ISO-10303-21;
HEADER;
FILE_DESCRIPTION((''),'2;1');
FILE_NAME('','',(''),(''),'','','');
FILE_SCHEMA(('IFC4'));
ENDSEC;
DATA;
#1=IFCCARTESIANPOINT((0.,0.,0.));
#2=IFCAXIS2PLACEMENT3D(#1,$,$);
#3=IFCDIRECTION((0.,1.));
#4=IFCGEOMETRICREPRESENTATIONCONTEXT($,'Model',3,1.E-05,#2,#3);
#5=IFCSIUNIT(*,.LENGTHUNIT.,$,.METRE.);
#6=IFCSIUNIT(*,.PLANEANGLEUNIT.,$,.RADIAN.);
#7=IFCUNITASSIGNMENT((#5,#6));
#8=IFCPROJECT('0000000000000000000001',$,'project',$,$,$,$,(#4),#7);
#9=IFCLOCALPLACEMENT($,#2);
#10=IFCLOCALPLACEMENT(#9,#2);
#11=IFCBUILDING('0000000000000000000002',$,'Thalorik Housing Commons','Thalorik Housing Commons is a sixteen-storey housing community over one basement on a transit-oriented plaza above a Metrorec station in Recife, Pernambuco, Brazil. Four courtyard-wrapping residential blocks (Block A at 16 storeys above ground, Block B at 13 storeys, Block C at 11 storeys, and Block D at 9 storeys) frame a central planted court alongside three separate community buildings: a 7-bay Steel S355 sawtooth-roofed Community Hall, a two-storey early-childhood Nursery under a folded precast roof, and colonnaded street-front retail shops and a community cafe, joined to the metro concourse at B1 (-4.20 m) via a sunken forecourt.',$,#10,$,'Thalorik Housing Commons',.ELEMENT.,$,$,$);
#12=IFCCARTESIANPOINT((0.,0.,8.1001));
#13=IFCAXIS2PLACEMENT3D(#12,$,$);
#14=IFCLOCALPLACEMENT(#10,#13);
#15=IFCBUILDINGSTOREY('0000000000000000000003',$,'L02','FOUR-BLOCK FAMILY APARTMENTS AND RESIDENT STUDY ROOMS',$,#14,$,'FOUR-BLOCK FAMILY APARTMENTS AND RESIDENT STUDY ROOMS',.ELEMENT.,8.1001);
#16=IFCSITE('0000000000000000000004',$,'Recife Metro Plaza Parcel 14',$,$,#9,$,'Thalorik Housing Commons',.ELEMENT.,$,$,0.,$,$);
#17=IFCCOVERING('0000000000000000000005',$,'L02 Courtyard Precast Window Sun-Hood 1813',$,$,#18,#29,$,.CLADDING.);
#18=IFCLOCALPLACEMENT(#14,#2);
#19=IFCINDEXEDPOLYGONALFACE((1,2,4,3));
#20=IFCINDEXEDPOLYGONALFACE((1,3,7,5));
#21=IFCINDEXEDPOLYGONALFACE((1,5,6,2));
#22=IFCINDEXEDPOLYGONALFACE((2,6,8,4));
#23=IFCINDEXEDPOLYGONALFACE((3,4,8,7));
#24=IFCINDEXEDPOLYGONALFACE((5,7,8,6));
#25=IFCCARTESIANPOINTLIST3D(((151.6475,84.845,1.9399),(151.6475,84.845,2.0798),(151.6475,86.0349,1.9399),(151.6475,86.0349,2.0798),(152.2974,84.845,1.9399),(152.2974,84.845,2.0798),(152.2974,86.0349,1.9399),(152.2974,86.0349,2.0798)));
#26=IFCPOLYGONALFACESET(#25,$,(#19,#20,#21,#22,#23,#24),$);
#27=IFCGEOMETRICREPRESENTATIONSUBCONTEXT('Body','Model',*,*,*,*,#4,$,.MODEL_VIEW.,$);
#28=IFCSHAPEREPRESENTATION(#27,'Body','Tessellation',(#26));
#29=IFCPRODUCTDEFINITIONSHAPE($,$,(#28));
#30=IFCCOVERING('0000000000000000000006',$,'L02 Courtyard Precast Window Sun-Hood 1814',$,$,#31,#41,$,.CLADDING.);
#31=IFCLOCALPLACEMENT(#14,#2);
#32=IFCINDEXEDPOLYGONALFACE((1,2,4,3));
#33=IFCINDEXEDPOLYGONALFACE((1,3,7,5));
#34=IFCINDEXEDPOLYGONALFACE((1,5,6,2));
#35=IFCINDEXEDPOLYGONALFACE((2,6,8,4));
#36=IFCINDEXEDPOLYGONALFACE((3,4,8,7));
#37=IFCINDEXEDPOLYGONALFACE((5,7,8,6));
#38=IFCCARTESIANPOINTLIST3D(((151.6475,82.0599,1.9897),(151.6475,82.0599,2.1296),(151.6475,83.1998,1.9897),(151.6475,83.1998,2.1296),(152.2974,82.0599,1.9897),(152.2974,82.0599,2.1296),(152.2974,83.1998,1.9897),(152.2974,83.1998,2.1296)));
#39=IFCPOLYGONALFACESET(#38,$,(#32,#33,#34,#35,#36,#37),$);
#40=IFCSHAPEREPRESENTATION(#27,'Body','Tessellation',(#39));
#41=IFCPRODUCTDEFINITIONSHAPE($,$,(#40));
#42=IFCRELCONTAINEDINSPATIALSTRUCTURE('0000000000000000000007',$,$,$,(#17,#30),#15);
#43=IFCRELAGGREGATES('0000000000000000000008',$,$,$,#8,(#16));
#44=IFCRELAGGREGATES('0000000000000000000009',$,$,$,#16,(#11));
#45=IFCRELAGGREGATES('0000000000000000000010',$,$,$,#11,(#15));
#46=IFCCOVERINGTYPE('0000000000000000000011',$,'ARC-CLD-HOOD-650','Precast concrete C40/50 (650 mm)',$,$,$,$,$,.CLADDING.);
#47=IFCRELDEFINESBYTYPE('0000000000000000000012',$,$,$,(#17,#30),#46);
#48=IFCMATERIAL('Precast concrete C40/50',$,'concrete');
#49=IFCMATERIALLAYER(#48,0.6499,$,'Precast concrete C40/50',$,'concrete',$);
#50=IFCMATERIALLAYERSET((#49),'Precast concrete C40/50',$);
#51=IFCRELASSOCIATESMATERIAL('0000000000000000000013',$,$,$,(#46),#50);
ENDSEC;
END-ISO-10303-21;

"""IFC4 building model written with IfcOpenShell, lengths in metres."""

from ifc_helpers import new_model, si_unit, direction, frame, origin, origin_2d, place, context, subcontext, project, spatial, rectangle, extrude, material, layer, layer_set, type_object, element, save


model = new_model("IFC4")

# Units and contexts
model_context = context("Model", 3, precision=1e-05, world=origin(), true_north=direction((0.0, 1.0)))
body_context = subcontext(model_context, "Body", "Model", "MODEL_VIEW")
ifc_project = project(units=[si_unit("LENGTHUNIT", "METRE"), si_unit("PLANEANGLEUNIT", "RADIAN")], contexts=[model_context])

# Site, building, storey
site_placement = place(None, origin())
site = spatial("IfcSite", under=ifc_project, at=site_placement, Name="Recife Metro Plaza Parcel 14", LongName="Thalorik Housing Commons", CompositionType="ELEMENT", RefElevation=0.0)
building_placement = place(site_placement, origin())
building = spatial("IfcBuilding", under=site, at=building_placement, Name="Thalorik Housing Commons", Description="Thalorik Housing Commons is a sixteen-storey housing community over one basement on a transit-oriented plaza above a Metrorec station in Recife, Pernambuco, Brazil. Four courtyard-wrapping residential blocks (Block A at 16 storeys above ground, Block B at 13 storeys, Block C at 11 storeys, and Block D at 9 storeys) frame a central planted court alongside three separate community buildings: a 7-bay Steel S355 sawtooth-roofed Community Hall, a two-storey early-childhood Nursery under a folded precast roof, and colonnaded street-front retail shops and a community cafe, joined to the metro concourse at B1 (-4.20 m) via a sunken forecourt.", LongName="Thalorik Housing Commons", CompositionType="ELEMENT")
storey_placement = place(building_placement, frame((0.0, 0.0, 8.1001)))
storey = spatial("IfcBuildingStorey", under=building, at=storey_placement, Name="L02", Description="FOUR-BLOCK FAMILY APARTMENTS AND RESIDENT STUDY ROOMS", LongName="FOUR-BLOCK FAMILY APARTMENTS AND RESIDENT STUDY ROOMS", CompositionType="ELEMENT", Elevation=8.1001)

# Shared definitions
ifc_material_1 = material(Name="Precast concrete C40/50", Category="concrete")

# Coverings
ifc_layer_1 = layer(ifc_material_1, 0.6499, Name="Precast concrete C40/50", Category="concrete")
ifc_layer_set_1 = layer_set([ifc_layer_1], Name="Precast concrete C40/50")
covering_type_1 = type_object("IfcCoveringType", Name="ARC-CLD-HOOD-650", Description="Precast concrete C40/50 (650 mm)", PredefinedType="CLADDING", material=ifc_layer_set_1)
covering_1_placement = place(storey_placement, frame((151.9724, 85.4399, 1.9399), z_axis=(0.0, 0.0, 1.0), x_axis=(0.0, -1.0, 0.0)))
element("IfcCovering", 1, at=covering_1_placement, inside=storey, type_object=covering_type_1, Name="L02 Courtyard Precast Window Sun-Hood 1813", PredefinedType="CLADDING", context=body_context, shape_type="SweptSolid", body=[
    extrude(rectangle(XDim=1.1899, YDim=0.6499, at=origin_2d()), origin(), (0.0, 0.0, 1.0), 0.1399),
])
covering_2_placement = place(storey_placement, frame((151.9724, 82.6299, 1.9897), z_axis=(0.0, 0.0, 1.0), x_axis=(0.0, -1.0, 0.0)))
element("IfcCovering", 2, at=covering_2_placement, inside=storey, type_object=covering_type_1, Name="L02 Courtyard Precast Window Sun-Hood 1814", PredefinedType="CLADDING", context=body_context, shape_type="SweptSolid", body=[
    extrude(rectangle(XDim=1.1399, YDim=0.6499, at=origin_2d()), origin(), (0.0, 0.0, 1.0), 0.1399),
])

save(model, "model.ifc")
